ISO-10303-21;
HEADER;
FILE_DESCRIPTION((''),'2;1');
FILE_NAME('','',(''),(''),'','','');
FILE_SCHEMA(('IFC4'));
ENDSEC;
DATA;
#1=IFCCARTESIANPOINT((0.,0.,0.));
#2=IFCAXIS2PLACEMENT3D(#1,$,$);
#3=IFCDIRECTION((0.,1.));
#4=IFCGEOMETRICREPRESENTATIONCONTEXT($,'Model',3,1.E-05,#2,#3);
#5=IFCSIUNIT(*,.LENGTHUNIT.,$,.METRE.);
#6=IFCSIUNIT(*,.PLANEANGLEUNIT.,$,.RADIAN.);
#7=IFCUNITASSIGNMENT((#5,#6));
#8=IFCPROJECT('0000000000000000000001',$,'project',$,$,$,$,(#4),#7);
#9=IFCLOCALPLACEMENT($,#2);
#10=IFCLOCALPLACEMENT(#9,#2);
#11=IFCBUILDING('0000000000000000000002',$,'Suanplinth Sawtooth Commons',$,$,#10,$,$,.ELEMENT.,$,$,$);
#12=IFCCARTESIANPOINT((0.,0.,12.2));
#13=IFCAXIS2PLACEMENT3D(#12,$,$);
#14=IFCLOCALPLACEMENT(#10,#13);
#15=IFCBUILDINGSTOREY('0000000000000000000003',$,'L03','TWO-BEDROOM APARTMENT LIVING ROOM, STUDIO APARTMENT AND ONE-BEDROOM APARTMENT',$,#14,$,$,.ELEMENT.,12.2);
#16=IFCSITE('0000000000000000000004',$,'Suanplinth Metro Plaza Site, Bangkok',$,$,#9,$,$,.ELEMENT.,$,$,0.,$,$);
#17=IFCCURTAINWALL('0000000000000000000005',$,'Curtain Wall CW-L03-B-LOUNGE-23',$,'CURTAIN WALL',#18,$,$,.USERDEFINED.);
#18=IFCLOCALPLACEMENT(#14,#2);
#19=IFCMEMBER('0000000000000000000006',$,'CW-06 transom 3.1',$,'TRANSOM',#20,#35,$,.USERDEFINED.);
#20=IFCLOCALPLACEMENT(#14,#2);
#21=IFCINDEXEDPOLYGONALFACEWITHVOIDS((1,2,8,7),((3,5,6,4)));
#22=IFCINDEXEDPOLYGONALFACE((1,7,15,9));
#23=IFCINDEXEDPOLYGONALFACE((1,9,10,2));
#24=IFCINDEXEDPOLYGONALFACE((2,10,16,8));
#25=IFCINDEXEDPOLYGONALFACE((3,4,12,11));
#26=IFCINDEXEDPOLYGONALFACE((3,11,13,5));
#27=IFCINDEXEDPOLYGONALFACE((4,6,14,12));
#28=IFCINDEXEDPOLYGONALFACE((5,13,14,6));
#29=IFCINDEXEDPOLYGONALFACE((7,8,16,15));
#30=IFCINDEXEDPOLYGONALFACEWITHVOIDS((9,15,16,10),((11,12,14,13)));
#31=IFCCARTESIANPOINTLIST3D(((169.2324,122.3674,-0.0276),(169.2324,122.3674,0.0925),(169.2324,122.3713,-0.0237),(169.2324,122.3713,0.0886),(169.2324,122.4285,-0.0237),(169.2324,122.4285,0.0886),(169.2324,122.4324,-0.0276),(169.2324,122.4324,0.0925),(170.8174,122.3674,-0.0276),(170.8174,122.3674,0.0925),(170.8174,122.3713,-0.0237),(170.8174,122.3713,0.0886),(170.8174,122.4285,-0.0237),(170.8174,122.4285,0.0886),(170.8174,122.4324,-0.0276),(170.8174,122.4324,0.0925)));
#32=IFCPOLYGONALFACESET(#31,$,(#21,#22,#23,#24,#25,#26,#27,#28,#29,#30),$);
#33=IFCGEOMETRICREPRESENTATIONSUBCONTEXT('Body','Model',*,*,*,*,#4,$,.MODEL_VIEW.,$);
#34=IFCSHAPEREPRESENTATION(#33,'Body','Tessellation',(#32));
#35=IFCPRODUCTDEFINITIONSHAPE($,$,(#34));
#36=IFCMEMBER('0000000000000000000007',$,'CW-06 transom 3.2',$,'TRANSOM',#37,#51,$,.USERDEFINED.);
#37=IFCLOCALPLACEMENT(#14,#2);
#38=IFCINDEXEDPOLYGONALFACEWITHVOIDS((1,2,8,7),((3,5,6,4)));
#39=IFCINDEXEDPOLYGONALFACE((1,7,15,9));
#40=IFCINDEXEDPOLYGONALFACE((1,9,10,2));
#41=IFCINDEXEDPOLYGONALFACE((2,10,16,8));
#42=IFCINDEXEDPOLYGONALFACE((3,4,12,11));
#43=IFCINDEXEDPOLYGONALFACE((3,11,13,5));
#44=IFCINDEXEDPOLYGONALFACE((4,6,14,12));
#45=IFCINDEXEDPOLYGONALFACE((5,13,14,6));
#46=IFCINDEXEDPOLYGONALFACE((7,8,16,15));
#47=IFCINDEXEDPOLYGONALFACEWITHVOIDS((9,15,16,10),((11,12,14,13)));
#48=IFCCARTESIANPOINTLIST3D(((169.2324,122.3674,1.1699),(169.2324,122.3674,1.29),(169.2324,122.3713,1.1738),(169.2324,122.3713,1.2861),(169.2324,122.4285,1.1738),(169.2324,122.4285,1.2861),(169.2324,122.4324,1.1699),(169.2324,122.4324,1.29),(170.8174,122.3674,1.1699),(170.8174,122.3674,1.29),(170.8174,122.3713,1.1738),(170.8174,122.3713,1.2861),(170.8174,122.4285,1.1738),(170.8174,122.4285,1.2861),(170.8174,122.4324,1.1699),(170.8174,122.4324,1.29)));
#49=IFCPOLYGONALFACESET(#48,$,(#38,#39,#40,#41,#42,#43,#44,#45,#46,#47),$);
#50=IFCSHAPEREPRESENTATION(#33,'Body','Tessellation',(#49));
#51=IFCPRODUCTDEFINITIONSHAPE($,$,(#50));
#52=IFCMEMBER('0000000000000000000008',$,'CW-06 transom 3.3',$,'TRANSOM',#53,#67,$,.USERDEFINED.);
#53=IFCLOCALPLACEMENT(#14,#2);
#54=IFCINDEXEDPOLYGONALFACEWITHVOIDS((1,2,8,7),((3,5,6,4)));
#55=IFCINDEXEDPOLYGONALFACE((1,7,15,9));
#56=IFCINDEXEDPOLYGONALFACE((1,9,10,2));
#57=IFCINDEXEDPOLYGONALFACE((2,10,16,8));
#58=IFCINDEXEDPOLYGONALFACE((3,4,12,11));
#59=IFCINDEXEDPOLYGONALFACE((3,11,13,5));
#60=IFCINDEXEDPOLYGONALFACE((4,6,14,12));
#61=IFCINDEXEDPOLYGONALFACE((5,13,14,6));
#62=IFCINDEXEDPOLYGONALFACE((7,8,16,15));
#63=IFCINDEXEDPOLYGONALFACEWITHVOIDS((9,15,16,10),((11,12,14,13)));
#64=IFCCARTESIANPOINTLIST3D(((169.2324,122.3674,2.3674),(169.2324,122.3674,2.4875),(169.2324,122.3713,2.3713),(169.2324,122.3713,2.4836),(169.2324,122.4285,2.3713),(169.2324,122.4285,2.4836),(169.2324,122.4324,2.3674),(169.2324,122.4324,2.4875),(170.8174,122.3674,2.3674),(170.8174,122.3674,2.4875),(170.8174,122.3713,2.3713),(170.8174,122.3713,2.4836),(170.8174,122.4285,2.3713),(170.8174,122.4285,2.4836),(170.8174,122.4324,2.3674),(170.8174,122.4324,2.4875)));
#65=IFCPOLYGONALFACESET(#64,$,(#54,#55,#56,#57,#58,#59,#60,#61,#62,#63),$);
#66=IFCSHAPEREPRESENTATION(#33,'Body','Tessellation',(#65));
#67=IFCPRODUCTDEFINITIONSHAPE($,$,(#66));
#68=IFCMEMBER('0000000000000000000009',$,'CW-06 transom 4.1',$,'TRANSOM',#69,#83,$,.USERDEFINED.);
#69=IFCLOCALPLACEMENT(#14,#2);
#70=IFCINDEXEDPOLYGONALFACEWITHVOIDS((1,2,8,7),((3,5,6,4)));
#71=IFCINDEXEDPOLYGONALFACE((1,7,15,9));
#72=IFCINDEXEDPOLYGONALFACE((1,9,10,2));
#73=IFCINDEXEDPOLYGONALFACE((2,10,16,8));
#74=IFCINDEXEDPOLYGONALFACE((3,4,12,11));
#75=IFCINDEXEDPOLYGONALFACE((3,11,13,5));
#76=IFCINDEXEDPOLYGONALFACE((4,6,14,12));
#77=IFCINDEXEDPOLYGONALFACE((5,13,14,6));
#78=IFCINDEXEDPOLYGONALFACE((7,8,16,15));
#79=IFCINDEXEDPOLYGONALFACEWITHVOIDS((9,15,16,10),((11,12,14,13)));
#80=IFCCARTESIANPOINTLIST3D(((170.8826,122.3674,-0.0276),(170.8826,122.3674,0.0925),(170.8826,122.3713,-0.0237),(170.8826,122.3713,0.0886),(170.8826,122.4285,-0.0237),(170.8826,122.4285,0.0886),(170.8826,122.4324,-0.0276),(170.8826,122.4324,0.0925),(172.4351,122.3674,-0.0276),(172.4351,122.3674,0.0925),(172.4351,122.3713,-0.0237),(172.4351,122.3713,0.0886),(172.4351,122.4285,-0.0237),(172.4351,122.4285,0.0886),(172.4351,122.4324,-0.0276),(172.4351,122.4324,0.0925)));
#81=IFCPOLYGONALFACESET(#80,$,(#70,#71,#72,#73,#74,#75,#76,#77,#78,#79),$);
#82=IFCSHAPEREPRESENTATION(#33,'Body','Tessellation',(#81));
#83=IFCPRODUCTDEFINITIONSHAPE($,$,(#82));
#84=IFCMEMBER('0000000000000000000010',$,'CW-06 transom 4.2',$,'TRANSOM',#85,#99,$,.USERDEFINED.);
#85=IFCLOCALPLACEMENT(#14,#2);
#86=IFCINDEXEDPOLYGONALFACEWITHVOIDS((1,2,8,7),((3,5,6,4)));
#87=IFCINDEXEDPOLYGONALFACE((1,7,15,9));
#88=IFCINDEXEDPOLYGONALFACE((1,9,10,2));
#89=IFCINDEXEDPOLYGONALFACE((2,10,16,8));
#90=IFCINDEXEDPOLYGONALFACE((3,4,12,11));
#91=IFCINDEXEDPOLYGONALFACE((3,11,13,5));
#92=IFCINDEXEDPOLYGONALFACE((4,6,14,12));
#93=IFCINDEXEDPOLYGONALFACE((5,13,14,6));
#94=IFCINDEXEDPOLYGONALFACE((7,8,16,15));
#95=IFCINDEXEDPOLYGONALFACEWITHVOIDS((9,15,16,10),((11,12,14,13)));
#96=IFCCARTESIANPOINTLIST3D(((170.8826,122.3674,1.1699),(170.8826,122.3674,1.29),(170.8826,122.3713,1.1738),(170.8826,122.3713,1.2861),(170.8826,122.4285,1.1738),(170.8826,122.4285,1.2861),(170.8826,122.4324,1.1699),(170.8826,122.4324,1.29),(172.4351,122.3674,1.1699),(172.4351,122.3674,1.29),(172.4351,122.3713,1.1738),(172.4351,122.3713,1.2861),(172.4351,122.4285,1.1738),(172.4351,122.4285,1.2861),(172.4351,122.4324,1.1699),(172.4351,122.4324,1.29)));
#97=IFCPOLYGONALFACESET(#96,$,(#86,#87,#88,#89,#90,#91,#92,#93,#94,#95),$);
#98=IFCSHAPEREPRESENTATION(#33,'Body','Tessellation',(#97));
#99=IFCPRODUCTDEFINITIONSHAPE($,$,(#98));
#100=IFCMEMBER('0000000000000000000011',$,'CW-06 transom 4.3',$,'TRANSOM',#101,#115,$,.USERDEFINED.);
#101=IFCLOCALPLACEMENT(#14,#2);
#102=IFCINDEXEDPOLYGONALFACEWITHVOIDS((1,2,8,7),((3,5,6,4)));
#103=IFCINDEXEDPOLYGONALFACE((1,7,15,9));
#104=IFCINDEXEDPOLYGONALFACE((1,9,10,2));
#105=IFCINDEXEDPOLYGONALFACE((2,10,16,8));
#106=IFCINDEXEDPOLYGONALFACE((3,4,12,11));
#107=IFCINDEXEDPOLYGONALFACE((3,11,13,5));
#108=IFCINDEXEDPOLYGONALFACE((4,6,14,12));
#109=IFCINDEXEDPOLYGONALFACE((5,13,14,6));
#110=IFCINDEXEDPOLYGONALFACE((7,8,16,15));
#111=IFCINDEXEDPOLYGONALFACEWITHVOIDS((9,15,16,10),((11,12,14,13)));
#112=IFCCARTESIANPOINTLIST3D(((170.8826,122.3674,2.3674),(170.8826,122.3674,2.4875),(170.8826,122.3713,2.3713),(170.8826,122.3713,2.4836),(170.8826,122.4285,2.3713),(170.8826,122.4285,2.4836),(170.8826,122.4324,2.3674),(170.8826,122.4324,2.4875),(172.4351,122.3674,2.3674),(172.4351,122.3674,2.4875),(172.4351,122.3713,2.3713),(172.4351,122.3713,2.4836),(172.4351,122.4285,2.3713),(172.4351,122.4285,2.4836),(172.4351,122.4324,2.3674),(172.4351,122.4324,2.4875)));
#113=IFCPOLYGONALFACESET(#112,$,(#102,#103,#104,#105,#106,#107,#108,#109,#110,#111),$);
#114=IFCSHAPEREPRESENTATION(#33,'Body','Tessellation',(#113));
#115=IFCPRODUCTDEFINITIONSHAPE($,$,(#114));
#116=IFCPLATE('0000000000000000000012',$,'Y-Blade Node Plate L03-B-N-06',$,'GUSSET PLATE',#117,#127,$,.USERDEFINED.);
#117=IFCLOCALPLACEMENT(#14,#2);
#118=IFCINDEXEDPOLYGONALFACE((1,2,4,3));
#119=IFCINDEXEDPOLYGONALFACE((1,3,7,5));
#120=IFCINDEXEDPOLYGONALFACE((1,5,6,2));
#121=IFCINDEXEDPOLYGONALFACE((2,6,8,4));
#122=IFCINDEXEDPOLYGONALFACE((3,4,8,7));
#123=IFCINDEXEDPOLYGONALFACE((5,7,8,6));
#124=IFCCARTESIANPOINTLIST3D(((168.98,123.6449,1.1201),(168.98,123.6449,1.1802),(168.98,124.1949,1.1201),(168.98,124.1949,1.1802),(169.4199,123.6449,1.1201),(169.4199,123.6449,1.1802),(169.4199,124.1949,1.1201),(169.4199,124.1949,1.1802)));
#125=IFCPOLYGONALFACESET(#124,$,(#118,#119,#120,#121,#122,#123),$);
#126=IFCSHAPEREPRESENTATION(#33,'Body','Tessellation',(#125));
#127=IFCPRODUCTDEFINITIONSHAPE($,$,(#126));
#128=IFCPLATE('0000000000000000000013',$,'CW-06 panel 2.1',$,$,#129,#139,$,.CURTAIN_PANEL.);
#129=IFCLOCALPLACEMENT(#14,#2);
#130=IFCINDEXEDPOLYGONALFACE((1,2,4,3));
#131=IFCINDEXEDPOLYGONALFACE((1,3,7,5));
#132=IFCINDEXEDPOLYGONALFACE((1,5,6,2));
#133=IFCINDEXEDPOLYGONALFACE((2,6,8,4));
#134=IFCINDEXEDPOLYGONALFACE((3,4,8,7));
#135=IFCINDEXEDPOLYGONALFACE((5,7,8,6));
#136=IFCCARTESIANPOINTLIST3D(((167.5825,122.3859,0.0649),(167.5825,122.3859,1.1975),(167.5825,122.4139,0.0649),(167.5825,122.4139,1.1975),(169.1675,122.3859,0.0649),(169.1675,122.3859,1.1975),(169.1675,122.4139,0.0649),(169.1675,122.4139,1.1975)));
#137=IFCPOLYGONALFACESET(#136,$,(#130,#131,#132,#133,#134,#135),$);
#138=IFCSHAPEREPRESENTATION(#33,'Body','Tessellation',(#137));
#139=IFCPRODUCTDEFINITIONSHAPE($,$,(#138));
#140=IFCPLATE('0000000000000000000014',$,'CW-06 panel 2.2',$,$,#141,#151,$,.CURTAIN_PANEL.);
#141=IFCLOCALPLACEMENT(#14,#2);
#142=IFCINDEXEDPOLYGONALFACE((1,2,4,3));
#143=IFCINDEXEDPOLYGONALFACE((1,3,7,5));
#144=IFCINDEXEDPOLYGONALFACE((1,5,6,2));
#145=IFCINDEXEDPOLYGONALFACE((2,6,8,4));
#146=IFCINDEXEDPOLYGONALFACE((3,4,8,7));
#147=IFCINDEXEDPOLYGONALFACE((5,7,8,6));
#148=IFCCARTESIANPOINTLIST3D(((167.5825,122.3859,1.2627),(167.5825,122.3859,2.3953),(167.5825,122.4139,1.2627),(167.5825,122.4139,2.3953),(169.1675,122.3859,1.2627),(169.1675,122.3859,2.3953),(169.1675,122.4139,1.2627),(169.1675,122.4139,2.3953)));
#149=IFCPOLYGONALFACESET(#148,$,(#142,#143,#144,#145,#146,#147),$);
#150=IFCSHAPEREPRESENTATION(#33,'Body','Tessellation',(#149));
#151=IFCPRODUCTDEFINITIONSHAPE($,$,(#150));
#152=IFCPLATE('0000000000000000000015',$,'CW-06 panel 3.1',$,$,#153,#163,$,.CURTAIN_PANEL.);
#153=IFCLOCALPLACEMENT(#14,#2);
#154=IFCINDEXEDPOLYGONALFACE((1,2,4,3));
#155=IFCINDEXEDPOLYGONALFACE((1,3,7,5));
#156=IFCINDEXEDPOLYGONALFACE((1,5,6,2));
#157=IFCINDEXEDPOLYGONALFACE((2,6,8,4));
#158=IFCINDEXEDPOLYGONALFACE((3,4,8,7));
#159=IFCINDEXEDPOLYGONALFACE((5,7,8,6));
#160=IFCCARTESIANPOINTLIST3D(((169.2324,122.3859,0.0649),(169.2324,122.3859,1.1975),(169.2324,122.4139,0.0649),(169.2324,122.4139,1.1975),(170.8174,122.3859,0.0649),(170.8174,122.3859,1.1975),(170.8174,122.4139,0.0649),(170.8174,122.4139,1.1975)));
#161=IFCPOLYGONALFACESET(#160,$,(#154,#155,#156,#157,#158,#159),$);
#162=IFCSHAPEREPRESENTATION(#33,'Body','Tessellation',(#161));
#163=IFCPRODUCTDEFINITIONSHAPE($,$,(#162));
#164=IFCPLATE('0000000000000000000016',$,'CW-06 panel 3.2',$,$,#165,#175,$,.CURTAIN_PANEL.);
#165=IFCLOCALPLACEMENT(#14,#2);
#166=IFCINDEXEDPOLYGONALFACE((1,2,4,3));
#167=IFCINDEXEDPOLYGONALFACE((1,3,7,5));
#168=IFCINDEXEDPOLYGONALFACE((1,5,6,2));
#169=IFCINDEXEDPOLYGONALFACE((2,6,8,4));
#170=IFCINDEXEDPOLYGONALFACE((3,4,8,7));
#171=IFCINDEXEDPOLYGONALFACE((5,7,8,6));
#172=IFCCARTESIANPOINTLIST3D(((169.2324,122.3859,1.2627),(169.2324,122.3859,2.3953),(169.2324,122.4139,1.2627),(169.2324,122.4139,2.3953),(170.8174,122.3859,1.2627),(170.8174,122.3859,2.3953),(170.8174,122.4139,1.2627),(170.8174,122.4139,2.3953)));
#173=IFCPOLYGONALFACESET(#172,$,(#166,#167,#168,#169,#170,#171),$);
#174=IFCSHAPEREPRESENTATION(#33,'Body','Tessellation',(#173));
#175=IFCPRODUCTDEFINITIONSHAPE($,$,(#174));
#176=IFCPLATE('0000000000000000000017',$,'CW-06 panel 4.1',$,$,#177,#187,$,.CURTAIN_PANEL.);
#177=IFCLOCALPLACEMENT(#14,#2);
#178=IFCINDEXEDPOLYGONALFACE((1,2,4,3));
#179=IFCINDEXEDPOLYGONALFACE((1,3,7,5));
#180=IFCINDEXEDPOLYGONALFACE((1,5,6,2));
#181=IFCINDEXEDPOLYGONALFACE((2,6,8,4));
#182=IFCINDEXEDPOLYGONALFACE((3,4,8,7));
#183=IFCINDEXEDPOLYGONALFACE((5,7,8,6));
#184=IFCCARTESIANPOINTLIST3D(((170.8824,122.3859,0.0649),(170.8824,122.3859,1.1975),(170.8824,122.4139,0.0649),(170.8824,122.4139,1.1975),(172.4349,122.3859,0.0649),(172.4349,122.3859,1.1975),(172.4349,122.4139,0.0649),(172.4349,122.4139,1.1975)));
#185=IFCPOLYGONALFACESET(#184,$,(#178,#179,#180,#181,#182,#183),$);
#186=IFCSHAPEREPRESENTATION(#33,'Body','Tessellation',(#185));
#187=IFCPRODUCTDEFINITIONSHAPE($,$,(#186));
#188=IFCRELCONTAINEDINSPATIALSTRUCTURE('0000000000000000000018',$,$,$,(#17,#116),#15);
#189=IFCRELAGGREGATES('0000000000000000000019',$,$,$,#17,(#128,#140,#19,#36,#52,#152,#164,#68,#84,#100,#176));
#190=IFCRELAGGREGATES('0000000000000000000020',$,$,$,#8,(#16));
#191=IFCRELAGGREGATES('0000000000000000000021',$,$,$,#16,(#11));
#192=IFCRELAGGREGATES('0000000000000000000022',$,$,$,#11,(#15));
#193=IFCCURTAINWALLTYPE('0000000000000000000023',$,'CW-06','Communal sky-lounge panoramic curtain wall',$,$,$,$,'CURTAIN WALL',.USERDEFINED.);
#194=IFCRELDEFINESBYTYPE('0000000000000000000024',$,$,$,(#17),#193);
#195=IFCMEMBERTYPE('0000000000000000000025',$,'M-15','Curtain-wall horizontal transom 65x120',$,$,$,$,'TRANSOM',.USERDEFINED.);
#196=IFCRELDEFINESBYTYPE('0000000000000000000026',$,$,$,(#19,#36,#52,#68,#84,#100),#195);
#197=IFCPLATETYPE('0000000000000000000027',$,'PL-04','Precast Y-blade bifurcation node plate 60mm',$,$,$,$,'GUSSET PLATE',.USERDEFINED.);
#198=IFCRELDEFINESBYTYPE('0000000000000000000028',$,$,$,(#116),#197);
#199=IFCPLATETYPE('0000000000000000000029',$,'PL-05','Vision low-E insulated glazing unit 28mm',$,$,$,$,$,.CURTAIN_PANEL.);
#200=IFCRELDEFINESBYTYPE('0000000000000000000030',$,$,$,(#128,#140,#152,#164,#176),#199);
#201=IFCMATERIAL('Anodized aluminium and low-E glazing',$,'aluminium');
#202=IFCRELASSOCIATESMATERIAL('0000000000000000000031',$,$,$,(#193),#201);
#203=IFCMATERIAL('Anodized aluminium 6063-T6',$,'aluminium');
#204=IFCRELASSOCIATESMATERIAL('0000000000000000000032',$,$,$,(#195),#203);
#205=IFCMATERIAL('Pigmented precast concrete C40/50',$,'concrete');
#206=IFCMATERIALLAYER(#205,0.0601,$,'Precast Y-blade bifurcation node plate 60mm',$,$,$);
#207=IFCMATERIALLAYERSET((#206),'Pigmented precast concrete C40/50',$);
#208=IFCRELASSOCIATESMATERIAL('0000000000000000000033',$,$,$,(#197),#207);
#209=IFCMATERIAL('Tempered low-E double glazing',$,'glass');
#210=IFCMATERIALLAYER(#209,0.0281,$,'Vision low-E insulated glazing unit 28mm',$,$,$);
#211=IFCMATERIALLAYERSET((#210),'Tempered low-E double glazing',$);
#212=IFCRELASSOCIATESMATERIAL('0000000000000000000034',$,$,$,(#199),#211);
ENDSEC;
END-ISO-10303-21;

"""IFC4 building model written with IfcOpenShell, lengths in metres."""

from ifc_helpers import new_model, si_unit, direction, frame, origin, origin_2d, place, context, subcontext, project, spatial, rectangle, hollow_rectangle, extrude, material, layer, layer_set, material_profile, profile_set, type_object, element, aggregate, save


model = new_model("IFC4")

# Units and contexts
model_context = context("Model", 3, precision=1e-05, world=origin(), true_north=direction((0.0, 1.0)))
body_context = subcontext(model_context, "Body", "Model", "MODEL_VIEW")
ifc_project = project(units=[si_unit("LENGTHUNIT", "METRE"), si_unit("PLANEANGLEUNIT", "RADIAN")], contexts=[model_context])

# Site, building, storey
site_placement = place(None, origin())
site = spatial("IfcSite", under=ifc_project, at=site_placement, Name="Suanplinth Metro Plaza Site, Bangkok", CompositionType="ELEMENT", RefElevation=0.0)
building_placement = place(site_placement, origin())
building = spatial("IfcBuilding", under=site, at=building_placement, Name="Suanplinth Sawtooth Commons", CompositionType="ELEMENT")
storey_placement = place(building_placement, frame((0.0, 0.0, 12.2)))
storey = spatial("IfcBuildingStorey", under=building, at=storey_placement, Name="L03", Description="TWO-BEDROOM APARTMENT LIVING ROOM, STUDIO APARTMENT AND ONE-BEDROOM APARTMENT", CompositionType="ELEMENT", Elevation=12.2)

# Shared definitions
ifc_material_1 = material(Name="Pigmented precast concrete C40/50", Category="concrete")

# Curtain wall, members
ifc_material_2 = material(Name="Anodized aluminium and low-E glazing", Category="aluminium")
curtain_wall_type = type_object("IfcCurtainWallType", Name="CW-06", Description="Communal sky-lounge panoramic curtain wall", ElementType="CURTAIN WALL", PredefinedType="USERDEFINED", material=ifc_material_2)
curtain_wall_placement = place(storey_placement, origin())
curtain_wall = element("IfcCurtainWall", 1, at=curtain_wall_placement, inside=storey, type_object=curtain_wall_type, Name="Curtain Wall CW-L03-B-LOUNGE-23", ObjectType="CURTAIN WALL", PredefinedType="USERDEFINED")
ifc_material_3 = material(Name="Anodized aluminium 6063-T6", Category="aluminium")
ifc_material_profile_1 = material_profile(ifc_material_3, hollow_rectangle(XDim=0.0649, YDim=0.1201, WallThickness=0.0039, at=origin_2d()), Name="ALU-TRN 65x120")
ifc_profile_set_1 = profile_set([ifc_material_profile_1], Name="Anodized aluminium 6063-T6")
member_type_1 = type_object("IfcMemberType", Name="M-15", Description="Curtain-wall horizontal transom 65x120", ElementType="TRANSOM", PredefinedType="USERDEFINED", material=ifc_profile_set_1)
member_1_placement = place(storey_placement, frame((169.2324, 122.3999, 0.0325), z_axis=(1.0, 0.0, 0.0), x_axis=(0.0, 1.0, 0.0)))
member_1 = element("IfcMember", 2, at=member_1_placement, type_object=member_type_1, Name="CW-06 transom 3.1", ObjectType="TRANSOM", PredefinedType="USERDEFINED", context=body_context, shape_type="SweptSolid", body=[
    extrude(hollow_rectangle(XDim=0.0649, YDim=0.1201, WallThickness=0.0039, at=origin_2d()), origin(), (0.0, 0.0, 1.0), 1.585),
])
member_2_placement = place(storey_placement, frame((169.2324, 122.3999, 1.23), z_axis=(1.0, 0.0, 0.0), x_axis=(0.0, 1.0, 0.0)))
member_2 = element("IfcMember", 3, at=member_2_placement, type_object=member_type_1, Name="CW-06 transom 3.2", ObjectType="TRANSOM", PredefinedType="USERDEFINED", context=body_context, shape_type="SweptSolid", body=[
    extrude(hollow_rectangle(XDim=0.0649, YDim=0.1201, WallThickness=0.0039, at=origin_2d()), origin(), (0.0, 0.0, 1.0), 1.585),
])
member_3_placement = place(storey_placement, frame((169.2324, 122.3999, 2.4275), z_axis=(1.0, 0.0, 0.0), x_axis=(0.0, 1.0, 0.0)))
member_3 = element("IfcMember", 4, at=member_3_placement, type_object=member_type_1, Name="CW-06 transom 3.3", ObjectType="TRANSOM", PredefinedType="USERDEFINED", context=body_context, shape_type="SweptSolid", body=[
    extrude(hollow_rectangle(XDim=0.0649, YDim=0.1201, WallThickness=0.0039, at=origin_2d()), origin(), (0.0, 0.0, 1.0), 1.585),
])
member_4_placement = place(storey_placement, frame((170.8826, 122.3999, 0.0325), z_axis=(1.0, 0.0, 0.0), x_axis=(0.0, 1.0, 0.0)))
member_4 = element("IfcMember", 5, at=member_4_placement, type_object=member_type_1, Name="CW-06 transom 4.1", ObjectType="TRANSOM", PredefinedType="USERDEFINED", context=body_context, shape_type="SweptSolid", body=[
    extrude(hollow_rectangle(XDim=0.0649, YDim=0.1201, WallThickness=0.0039, at=origin_2d()), origin(), (0.0, 0.0, 1.0), 1.5525),
])
member_5_placement = place(storey_placement, frame((170.8826, 122.3999, 1.23), z_axis=(1.0, 0.0, 0.0), x_axis=(0.0, 1.0, 0.0)))
member_5 = element("IfcMember", 6, at=member_5_placement, type_object=member_type_1, Name="CW-06 transom 4.2", ObjectType="TRANSOM", PredefinedType="USERDEFINED", context=body_context, shape_type="SweptSolid", body=[
    extrude(hollow_rectangle(XDim=0.0649, YDim=0.1201, WallThickness=0.0039, at=origin_2d()), origin(), (0.0, 0.0, 1.0), 1.5525),
])
member_6_placement = place(storey_placement, frame((170.8826, 122.3999, 2.4275), z_axis=(1.0, 0.0, 0.0), x_axis=(0.0, 1.0, 0.0)))
member_6 = element("IfcMember", 7, at=member_6_placement, type_object=member_type_1, Name="CW-06 transom 4.3", ObjectType="TRANSOM", PredefinedType="USERDEFINED", context=body_context, shape_type="SweptSolid", body=[
    extrude(hollow_rectangle(XDim=0.0649, YDim=0.1201, WallThickness=0.0039, at=origin_2d()), origin(), (0.0, 0.0, 1.0), 1.5525),
])

# Plates
ifc_layer_1 = layer(ifc_material_1, 0.0601, Name="Precast Y-blade bifurcation node plate 60mm")
ifc_layer_set_1 = layer_set([ifc_layer_1], Name="Pigmented precast concrete C40/50")
plate_type_1 = type_object("IfcPlateType", Name="PL-04", Description="Precast Y-blade bifurcation node plate 60mm", ElementType="GUSSET PLATE", PredefinedType="USERDEFINED", material=ifc_layer_set_1)
plate_1_placement = place(storey_placement, frame((169.2, 123.9199, 1.1201), z_axis=(0.0, 0.0, 1.0), x_axis=(1.0, 0.0, 0.0)))
element("IfcPlate", 8, at=plate_1_placement, inside=storey, type_object=plate_type_1, Name="Y-Blade Node Plate L03-B-N-06", ObjectType="GUSSET PLATE", PredefinedType="USERDEFINED", context=body_context, shape_type="SweptSolid", body=[
    extrude(rectangle(XDim=0.4399, YDim=0.55, at=origin_2d()), origin(), (0.0, 0.0, 1.0), 0.0601),
])
ifc_material_4 = material(Name="Tempered low-E double glazing", Category="glass")
ifc_layer_2 = layer(ifc_material_4, 0.0281, Name="Vision low-E insulated glazing unit 28mm")
ifc_layer_set_2 = layer_set([ifc_layer_2], Name="Tempered low-E double glazing")
plate_type_2 = type_object("IfcPlateType", Name="PL-05", Description="Vision low-E insulated glazing unit 28mm", PredefinedType="CURTAIN_PANEL", material=ifc_layer_set_2)
plate_2_placement = place(storey_placement, frame((168.375, 122.3999, 0.0649), z_axis=(0.0, 0.0, 1.0), x_axis=(1.0, 0.0, 0.0)))
plate_2 = element("IfcPlate", 9, at=plate_2_placement, type_object=plate_type_2, Name="CW-06 panel 2.1", PredefinedType="CURTAIN_PANEL", context=body_context, shape_type="SweptSolid", body=[
    extrude(rectangle(XDim=1.585, YDim=0.0281, at=origin_2d()), origin(), (0.0, 0.0, 1.0), 1.1326),
])
plate_3_placement = place(storey_placement, frame((168.375, 122.3999, 1.2627), z_axis=(0.0, 0.0, 1.0), x_axis=(1.0, 0.0, 0.0)))
plate_3 = element("IfcPlate", 10, at=plate_3_placement, type_object=plate_type_2, Name="CW-06 panel 2.2", PredefinedType="CURTAIN_PANEL", context=body_context, shape_type="SweptSolid", body=[
    extrude(rectangle(XDim=1.585, YDim=0.0281, at=origin_2d()), origin(), (0.0, 0.0, 1.0), 1.1326),
])
plate_4_placement = place(storey_placement, frame((170.0249, 122.3999, 0.0649), z_axis=(0.0, 0.0, 1.0), x_axis=(1.0, 0.0, 0.0)))
plate_4 = element("IfcPlate", 11, at=plate_4_placement, type_object=plate_type_2, Name="CW-06 panel 3.1", PredefinedType="CURTAIN_PANEL", context=body_context, shape_type="SweptSolid", body=[
    extrude(rectangle(XDim=1.585, YDim=0.0281, at=origin_2d()), origin(), (0.0, 0.0, 1.0), 1.1326),
])
plate_5_placement = place(storey_placement, frame((170.0249, 122.3999, 1.2627), z_axis=(0.0, 0.0, 1.0), x_axis=(1.0, 0.0, 0.0)))
plate_5 = element("IfcPlate", 12, at=plate_5_placement, type_object=plate_type_2, Name="CW-06 panel 3.2", PredefinedType="CURTAIN_PANEL", context=body_context, shape_type="SweptSolid", body=[
    extrude(rectangle(XDim=1.585, YDim=0.0281, at=origin_2d()), origin(), (0.0, 0.0, 1.0), 1.1326),
])
plate_6_placement = place(storey_placement, frame((171.6587, 122.3999, 0.0649), z_axis=(0.0, 0.0, 1.0), x_axis=(1.0, 0.0, 0.0)))
plate_6 = element("IfcPlate", 13, at=plate_6_placement, type_object=plate_type_2, Name="CW-06 panel 4.1", PredefinedType="CURTAIN_PANEL", context=body_context, shape_type="SweptSolid", body=[
    extrude(rectangle(XDim=1.5525, YDim=0.0281, at=origin_2d()), origin(), (0.0, 0.0, 1.0), 1.1326),
])
aggregate(curtain_wall, [plate_2, plate_3, member_1, member_2, member_3, plate_4, plate_5, member_4, member_5, member_6, plate_6])

save(model, "model.ifc")
